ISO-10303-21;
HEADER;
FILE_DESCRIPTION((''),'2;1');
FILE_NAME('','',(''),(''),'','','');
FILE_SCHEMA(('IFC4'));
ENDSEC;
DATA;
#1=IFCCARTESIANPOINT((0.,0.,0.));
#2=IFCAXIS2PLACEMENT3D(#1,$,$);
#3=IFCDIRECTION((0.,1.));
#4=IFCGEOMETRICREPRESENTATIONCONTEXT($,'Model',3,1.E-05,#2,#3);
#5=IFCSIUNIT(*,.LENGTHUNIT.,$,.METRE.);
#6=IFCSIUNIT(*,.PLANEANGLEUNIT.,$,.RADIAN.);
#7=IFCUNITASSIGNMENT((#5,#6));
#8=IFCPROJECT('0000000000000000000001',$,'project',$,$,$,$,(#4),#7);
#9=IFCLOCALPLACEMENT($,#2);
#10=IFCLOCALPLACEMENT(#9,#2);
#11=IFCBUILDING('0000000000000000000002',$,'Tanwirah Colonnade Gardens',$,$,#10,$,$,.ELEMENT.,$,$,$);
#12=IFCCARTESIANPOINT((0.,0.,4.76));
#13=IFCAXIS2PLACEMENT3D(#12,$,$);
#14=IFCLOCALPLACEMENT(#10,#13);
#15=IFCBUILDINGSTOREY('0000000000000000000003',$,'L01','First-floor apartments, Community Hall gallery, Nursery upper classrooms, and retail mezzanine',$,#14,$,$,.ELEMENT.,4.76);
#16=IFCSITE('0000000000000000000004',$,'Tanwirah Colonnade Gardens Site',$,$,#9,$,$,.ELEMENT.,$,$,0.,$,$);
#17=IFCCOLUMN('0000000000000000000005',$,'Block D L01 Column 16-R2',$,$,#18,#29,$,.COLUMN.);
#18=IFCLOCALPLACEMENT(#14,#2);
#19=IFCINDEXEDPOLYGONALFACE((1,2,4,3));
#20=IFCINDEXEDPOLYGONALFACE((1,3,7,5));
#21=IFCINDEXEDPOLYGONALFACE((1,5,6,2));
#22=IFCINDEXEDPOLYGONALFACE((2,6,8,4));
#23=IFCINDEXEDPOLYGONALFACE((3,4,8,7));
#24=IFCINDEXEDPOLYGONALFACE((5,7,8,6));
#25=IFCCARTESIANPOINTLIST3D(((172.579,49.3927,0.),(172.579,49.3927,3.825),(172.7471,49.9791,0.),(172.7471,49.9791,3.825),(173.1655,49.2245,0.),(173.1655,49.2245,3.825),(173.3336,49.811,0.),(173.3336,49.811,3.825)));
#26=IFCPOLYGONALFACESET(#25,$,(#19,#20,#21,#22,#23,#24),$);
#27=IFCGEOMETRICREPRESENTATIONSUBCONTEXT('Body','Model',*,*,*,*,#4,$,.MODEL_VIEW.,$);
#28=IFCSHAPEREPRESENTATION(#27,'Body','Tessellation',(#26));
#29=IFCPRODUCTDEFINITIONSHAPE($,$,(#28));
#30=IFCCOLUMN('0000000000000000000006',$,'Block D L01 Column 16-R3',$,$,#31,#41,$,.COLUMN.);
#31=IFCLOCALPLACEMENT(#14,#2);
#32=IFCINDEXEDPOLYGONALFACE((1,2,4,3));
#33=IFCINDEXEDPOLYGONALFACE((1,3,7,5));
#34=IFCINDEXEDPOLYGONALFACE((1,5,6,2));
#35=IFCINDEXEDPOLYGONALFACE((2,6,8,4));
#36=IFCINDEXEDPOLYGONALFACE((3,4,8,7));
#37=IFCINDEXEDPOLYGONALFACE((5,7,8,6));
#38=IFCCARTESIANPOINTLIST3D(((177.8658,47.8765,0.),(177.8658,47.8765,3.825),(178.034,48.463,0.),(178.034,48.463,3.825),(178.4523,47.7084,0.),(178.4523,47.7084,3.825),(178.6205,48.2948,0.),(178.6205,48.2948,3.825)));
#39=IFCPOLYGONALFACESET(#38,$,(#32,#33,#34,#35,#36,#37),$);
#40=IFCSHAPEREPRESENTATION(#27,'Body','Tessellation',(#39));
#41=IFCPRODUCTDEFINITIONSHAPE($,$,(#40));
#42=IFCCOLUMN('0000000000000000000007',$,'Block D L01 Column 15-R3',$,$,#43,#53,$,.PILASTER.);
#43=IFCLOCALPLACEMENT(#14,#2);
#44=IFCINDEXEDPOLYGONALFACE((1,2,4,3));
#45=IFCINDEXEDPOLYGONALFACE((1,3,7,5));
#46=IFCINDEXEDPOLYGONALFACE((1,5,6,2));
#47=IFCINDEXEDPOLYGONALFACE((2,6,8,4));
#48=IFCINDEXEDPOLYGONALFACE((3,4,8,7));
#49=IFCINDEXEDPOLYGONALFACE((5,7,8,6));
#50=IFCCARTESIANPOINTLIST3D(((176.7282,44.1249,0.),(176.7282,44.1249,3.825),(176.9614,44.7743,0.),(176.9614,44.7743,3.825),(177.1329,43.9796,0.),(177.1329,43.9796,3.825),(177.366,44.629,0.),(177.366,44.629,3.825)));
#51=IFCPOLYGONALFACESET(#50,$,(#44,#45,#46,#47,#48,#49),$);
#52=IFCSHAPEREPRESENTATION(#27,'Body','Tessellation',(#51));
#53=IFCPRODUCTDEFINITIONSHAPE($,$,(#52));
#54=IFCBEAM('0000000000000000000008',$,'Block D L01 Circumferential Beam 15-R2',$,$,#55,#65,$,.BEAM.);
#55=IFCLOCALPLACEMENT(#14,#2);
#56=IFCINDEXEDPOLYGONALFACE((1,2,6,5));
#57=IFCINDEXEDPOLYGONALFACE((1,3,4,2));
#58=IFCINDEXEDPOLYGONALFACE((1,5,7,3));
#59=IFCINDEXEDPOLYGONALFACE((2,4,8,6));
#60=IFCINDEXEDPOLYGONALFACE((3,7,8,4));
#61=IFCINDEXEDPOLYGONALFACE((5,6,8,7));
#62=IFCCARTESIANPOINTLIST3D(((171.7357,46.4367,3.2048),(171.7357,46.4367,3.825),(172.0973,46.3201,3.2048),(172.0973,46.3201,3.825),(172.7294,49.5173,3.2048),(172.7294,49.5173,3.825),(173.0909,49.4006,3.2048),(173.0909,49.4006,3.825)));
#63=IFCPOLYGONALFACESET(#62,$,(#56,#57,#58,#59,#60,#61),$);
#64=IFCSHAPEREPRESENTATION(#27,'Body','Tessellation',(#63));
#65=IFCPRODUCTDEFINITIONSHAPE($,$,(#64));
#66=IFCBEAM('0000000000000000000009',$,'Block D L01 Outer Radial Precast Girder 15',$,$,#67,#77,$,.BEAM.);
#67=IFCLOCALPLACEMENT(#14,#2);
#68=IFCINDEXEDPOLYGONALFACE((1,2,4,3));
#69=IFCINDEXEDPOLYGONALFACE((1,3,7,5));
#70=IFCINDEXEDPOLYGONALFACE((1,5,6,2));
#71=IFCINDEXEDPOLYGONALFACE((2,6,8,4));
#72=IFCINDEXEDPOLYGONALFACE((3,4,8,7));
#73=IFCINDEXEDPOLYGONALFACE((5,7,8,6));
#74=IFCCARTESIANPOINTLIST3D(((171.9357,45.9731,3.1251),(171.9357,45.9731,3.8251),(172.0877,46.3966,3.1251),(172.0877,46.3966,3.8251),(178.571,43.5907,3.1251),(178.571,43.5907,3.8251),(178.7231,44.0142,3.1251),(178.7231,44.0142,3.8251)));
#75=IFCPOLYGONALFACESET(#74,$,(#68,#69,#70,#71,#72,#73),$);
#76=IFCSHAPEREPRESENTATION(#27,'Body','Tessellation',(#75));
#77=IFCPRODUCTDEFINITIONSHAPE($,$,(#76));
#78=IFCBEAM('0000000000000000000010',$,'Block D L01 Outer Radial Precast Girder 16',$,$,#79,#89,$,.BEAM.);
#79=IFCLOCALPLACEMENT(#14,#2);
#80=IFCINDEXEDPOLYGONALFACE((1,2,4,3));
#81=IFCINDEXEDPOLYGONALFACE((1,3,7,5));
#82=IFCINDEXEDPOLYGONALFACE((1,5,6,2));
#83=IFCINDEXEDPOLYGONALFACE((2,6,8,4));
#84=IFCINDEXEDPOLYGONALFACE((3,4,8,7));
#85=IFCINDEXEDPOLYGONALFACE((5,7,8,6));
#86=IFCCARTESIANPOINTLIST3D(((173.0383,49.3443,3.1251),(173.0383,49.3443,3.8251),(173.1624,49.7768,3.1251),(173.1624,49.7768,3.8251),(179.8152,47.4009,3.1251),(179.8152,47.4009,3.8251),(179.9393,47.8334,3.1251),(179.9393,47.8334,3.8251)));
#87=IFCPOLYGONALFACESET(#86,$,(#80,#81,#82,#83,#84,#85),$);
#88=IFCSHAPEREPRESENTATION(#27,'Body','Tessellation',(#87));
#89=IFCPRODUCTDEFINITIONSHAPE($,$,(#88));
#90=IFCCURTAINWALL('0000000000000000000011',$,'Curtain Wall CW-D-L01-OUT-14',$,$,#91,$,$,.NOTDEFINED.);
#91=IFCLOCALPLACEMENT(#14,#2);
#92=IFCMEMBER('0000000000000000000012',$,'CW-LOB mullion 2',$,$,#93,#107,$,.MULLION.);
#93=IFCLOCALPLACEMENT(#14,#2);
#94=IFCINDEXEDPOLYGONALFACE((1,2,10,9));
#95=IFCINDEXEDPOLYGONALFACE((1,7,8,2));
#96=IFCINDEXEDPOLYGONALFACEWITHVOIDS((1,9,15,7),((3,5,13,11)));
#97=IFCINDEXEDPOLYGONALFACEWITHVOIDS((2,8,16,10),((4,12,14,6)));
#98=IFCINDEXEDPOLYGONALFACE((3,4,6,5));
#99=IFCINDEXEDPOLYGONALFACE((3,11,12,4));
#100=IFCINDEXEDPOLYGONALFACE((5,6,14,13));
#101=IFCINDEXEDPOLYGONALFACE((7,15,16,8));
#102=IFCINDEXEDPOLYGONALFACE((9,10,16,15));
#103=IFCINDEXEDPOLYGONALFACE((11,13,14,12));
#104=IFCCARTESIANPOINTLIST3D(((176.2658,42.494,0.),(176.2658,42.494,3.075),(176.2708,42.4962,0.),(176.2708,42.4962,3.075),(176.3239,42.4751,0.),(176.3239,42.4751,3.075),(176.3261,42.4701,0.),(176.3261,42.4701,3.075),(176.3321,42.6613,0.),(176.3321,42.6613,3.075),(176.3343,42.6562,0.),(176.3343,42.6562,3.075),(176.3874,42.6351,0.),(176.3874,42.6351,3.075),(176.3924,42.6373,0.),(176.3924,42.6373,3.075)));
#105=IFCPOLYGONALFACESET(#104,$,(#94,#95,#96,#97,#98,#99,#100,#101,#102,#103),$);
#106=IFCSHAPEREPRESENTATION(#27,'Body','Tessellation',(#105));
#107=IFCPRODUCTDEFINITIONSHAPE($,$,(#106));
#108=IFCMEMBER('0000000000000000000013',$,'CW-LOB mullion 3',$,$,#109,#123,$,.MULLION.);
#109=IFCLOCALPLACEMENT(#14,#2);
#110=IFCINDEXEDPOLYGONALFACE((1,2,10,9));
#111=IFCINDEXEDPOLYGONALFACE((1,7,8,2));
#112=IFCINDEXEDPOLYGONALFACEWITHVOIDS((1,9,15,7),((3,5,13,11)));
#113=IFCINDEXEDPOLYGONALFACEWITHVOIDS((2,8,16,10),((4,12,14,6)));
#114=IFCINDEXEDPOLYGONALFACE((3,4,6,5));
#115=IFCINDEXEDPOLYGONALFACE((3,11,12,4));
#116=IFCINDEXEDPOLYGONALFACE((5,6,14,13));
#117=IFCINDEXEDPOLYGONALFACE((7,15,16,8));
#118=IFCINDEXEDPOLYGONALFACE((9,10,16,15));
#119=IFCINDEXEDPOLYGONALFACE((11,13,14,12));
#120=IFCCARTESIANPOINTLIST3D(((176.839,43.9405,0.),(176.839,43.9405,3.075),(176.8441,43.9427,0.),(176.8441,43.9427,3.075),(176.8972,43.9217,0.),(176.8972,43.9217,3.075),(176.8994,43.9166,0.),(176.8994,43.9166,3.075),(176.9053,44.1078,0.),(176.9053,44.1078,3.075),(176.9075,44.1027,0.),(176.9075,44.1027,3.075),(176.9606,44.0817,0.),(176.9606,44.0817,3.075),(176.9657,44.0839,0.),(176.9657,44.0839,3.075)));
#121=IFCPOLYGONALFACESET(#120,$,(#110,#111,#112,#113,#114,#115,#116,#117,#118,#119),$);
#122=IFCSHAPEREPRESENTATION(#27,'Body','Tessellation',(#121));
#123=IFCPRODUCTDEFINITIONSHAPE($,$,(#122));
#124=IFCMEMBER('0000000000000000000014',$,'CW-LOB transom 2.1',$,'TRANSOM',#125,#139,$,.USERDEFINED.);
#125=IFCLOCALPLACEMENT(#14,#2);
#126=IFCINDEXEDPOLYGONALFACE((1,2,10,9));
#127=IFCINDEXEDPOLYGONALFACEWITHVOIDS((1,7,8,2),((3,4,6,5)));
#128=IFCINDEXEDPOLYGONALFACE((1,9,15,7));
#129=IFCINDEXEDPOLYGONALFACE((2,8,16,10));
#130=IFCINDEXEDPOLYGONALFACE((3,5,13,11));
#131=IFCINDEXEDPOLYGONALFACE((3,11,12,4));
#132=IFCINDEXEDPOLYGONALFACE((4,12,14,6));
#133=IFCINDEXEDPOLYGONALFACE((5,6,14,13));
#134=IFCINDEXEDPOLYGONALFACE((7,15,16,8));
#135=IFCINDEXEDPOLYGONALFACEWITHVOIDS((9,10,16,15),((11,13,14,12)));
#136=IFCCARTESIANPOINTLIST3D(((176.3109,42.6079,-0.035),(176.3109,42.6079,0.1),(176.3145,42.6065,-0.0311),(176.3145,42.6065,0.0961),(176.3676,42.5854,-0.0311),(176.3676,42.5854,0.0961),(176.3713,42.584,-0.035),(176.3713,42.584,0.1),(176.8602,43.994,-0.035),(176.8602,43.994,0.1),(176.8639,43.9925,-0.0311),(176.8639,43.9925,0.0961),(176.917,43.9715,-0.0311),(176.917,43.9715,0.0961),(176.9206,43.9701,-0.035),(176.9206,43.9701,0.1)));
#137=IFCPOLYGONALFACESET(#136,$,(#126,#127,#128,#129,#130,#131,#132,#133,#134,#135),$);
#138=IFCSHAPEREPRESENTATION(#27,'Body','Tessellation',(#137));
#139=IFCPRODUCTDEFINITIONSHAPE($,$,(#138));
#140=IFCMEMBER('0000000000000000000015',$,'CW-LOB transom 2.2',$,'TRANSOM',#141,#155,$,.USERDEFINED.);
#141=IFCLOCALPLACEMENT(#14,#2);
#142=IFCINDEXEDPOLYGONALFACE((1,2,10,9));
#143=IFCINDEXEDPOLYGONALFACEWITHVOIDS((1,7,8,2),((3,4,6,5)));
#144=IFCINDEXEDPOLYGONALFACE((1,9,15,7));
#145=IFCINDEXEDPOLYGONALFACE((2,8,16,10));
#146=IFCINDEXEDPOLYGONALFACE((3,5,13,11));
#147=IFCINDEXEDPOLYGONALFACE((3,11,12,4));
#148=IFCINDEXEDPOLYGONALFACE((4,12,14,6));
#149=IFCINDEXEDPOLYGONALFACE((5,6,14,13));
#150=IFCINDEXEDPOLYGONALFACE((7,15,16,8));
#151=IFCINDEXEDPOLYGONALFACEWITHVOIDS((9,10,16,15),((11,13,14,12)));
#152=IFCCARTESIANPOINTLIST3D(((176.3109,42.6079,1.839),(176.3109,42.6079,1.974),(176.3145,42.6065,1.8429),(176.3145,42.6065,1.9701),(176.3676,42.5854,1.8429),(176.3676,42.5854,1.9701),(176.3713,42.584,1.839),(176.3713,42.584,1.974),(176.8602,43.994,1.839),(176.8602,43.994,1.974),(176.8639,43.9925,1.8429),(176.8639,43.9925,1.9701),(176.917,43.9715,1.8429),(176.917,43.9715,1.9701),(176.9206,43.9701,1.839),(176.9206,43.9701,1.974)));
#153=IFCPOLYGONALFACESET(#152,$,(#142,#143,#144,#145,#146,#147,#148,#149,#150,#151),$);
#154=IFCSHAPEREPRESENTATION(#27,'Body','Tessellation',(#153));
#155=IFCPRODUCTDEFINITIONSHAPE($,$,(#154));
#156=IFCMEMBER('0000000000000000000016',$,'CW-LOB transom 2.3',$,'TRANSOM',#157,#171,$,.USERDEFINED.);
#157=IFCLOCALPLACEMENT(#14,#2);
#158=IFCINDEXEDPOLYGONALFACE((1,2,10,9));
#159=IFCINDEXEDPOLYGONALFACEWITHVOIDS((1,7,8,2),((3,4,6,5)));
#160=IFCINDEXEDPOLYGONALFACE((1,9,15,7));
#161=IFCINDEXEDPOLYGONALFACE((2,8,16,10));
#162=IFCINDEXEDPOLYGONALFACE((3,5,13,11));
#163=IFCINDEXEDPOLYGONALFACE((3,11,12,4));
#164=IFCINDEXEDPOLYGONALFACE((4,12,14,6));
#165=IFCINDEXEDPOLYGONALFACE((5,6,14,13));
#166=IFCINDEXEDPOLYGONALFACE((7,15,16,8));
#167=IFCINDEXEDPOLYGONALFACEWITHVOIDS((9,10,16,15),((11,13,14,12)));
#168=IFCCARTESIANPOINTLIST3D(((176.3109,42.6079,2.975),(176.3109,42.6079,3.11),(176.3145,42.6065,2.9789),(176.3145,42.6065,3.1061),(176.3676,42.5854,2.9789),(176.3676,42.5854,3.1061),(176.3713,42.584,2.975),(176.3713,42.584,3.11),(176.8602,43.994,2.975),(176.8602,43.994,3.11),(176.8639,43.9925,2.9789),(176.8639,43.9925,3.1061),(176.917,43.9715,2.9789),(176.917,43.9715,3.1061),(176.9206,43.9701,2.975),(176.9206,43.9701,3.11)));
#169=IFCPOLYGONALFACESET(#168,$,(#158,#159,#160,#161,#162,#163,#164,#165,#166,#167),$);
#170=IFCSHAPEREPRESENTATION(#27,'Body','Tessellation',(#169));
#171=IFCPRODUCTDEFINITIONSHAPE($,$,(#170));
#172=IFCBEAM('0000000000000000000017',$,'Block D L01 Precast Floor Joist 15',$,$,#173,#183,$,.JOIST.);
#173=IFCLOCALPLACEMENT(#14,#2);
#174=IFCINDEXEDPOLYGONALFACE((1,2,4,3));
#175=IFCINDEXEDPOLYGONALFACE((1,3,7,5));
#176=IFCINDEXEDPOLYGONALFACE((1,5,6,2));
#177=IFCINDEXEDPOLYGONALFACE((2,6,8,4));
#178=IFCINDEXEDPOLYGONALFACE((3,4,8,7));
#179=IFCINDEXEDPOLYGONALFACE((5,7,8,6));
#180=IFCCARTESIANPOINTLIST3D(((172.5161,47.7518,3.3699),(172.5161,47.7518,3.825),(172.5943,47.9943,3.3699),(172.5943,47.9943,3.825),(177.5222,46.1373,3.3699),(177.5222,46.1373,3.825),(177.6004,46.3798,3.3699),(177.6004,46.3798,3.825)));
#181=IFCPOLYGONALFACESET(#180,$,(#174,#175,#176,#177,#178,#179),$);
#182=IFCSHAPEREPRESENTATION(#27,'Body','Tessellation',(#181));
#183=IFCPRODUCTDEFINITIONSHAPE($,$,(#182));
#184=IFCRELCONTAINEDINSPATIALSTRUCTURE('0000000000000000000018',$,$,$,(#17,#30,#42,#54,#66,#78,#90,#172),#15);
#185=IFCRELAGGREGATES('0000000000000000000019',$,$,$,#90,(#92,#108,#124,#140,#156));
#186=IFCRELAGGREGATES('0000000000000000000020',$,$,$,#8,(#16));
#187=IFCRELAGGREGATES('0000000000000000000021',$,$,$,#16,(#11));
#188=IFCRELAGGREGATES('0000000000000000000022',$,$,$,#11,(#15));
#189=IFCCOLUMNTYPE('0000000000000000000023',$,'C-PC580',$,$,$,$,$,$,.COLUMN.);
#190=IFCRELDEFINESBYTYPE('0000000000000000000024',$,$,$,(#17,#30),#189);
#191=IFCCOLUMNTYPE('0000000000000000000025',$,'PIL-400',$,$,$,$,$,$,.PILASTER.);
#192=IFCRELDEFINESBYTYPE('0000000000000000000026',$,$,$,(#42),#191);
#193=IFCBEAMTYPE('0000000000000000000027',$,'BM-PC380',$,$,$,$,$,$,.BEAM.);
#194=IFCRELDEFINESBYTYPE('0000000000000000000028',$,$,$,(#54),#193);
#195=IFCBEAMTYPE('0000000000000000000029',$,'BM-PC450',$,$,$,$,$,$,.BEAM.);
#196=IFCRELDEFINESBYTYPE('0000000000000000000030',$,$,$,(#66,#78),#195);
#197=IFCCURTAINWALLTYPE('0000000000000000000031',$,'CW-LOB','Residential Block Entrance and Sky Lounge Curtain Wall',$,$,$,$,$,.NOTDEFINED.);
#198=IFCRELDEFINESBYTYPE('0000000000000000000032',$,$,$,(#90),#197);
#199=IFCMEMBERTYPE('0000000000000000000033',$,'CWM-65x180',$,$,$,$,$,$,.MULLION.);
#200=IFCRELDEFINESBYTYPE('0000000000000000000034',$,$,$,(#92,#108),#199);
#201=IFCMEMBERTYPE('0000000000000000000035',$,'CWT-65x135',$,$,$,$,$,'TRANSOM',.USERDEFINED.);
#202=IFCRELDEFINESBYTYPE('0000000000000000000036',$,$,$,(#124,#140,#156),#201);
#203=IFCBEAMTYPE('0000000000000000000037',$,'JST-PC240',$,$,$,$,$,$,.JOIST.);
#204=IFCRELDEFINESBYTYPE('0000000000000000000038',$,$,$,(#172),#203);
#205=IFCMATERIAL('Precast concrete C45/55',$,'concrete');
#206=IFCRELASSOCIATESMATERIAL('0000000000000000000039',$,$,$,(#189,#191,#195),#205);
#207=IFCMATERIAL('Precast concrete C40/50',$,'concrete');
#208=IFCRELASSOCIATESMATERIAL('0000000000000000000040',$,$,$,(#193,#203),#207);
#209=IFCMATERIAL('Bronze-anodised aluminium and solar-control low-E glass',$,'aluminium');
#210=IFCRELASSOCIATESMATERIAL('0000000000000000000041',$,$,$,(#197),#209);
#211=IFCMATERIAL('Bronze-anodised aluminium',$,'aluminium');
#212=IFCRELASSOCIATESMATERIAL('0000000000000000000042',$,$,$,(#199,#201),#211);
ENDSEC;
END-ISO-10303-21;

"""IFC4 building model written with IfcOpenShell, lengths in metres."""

from ifc_helpers import new_model, si_unit, direction, frame, origin, origin_2d, place, context, subcontext, project, spatial, rectangle, hollow_rectangle, extrude, material, material_profile, profile_set, type_object, element, aggregate, save


model = new_model("IFC4")

# Units and contexts
model_context = context("Model", 3, precision=1e-05, world=origin(), true_north=direction((0.0, 1.0)))
body_context = subcontext(model_context, "Body", "Model", "MODEL_VIEW")
ifc_project = project(units=[si_unit("LENGTHUNIT", "METRE"), si_unit("PLANEANGLEUNIT", "RADIAN")], contexts=[model_context])

# Site, building, storey
site_placement = place(None, origin())
site = spatial("IfcSite", under=ifc_project, at=site_placement, Name="Tanwirah Colonnade Gardens Site", CompositionType="ELEMENT", RefElevation=0.0)
building_placement = place(site_placement, origin())
building = spatial("IfcBuilding", under=site, at=building_placement, Name="Tanwirah Colonnade Gardens", CompositionType="ELEMENT")
storey_placement = place(building_placement, frame((0.0, 0.0, 4.76)))
storey = spatial("IfcBuildingStorey", under=building, at=storey_placement, Name="L01", Description="First-floor apartments, Community Hall gallery, Nursery upper classrooms, and retail mezzanine", CompositionType="ELEMENT", Elevation=4.76)

# Columns
ifc_material_1 = material(Name="Precast concrete C45/55", Category="concrete")
ifc_material_profile_1 = material_profile(ifc_material_1, rectangle(XDim=0.6101, YDim=0.6101, at=origin_2d()), Name="PC-COL 610x610")
ifc_profile_set_1 = profile_set([ifc_material_profile_1], Name="Precast concrete C45/55")
column_type_1 = type_object("IfcColumnType", Name="C-PC580", PredefinedType="COLUMN", material=ifc_profile_set_1)
for number, where, z_axis, x_axis, name in (
    (1, (172.9563, 49.6018, 0.0), (0.0, 0.0, 1.0), (0.961262, -0.275637, 0.0), "Block D L01 Column 16-R2"),
    (2, (178.2432, 48.0857, 0.0), (0.0, 0.0, 1.0), (0.961262, -0.275637, 0.0), "Block D L01 Column 16-R3"),
):
    element("IfcColumn", number, at=place(storey_placement, frame(where, z_axis=z_axis, x_axis=x_axis)), inside=storey, type_object=column_type_1, Name=name, PredefinedType="COLUMN", context=body_context, shape_type="SweptSolid", body=[
        extrude(rectangle(XDim=0.6101, YDim=0.6101, at=origin_2d()), origin(), (0.0, 0.0, 1.0), 3.825),
    ])
ifc_material_profile_2 = material_profile(ifc_material_1, rectangle(XDim=0.4299, YDim=0.6899, at=origin_2d()), Name="PC-PIL 430x690")
ifc_profile_set_2 = profile_set([ifc_material_profile_2], Name="Precast concrete C45/55")
column_type_2 = type_object("IfcColumnType", Name="PIL-400", PredefinedType="PILASTER", material=ifc_profile_set_2)
column_placement = place(storey_placement, frame((177.0471, 44.377, 0.0), z_axis=(0.0, 0.0, 1.0), x_axis=(0.941176, -0.337917, 0.0)))
element("IfcColumn", 3, at=column_placement, inside=storey, type_object=column_type_2, Name="Block D L01 Column 15-R3", PredefinedType="PILASTER", context=body_context, shape_type="SweptSolid", body=[
    extrude(rectangle(XDim=0.4299, YDim=0.6899, at=origin_2d()), origin(), (0.0, 0.0, 1.0), 3.825),
])

# Beams
ifc_material_2 = material(Name="Precast concrete C40/50", Category="concrete")
ifc_material_profile_3 = material_profile(ifc_material_2, rectangle(XDim=0.3799, YDim=0.6201, at=origin_2d()), Name="PC-BM 380x620")
ifc_profile_set_3 = profile_set([ifc_material_profile_3], Name="Precast concrete C40/50")
beam_type_1 = type_object("IfcBeamType", Name="BM-PC380", PredefinedType="BEAM", material=ifc_profile_set_3)
beam_1_placement = place(storey_placement, frame((171.9165, 46.3784, 3.5149), z_axis=(0.306981, 0.951716, 0.0), x_axis=(-0.951716, 0.306981, 0.0)))
element("IfcBeam", 4, at=beam_1_placement, inside=storey, type_object=beam_type_1, Name="Block D L01 Circumferential Beam 15-R2", PredefinedType="BEAM", context=body_context, shape_type="SweptSolid", body=[
    extrude(rectangle(XDim=0.3799, YDim=0.6201, at=origin_2d()), origin(), (0.0, 0.0, 1.0), 3.2368),
])
ifc_material_profile_4 = material_profile(ifc_material_1, rectangle(XDim=0.45, YDim=0.7, at=origin_2d()), Name="PC-BM 450x700")
ifc_profile_set_4 = profile_set([ifc_material_profile_4], Name="Precast concrete C45/55")
beam_type_2 = type_object("IfcBeamType", Name="BM-PC450", PredefinedType="BEAM", material=ifc_profile_set_4)
for number, where, z_axis, x_axis, name in (
    (5, (172.0117, 46.1848, 3.4751), (0.941175, -0.33792, 0.0), (0.33792, 0.941175, 0.0), "Block D L01 Outer Radial Precast Girder 15"),
    (6, (173.1003, 49.5605, 3.4751), (0.961257, -0.275654, 0.0), (0.275654, 0.961257, 0.0), "Block D L01 Outer Radial Precast Girder 16"),
):
    element("IfcBeam", number, at=place(storey_placement, frame(where, z_axis=z_axis, x_axis=x_axis)), inside=storey, type_object=beam_type_2, Name=name, PredefinedType="BEAM", context=body_context, shape_type="SweptSolid", body=[
        extrude(rectangle(XDim=0.45, YDim=0.7, at=origin_2d()), origin(), (0.0, 0.0, 1.0), 7.05),
    ])

# Curtain wall, members
ifc_material_3 = material(Name="Bronze-anodised aluminium and solar-control low-E glass", Category="aluminium")
curtain_wall_type = type_object("IfcCurtainWallType", Name="CW-LOB", Description="Residential Block Entrance and Sky Lounge Curtain Wall", PredefinedType="NOTDEFINED", material=ifc_material_3)
curtain_wall_placement = place(storey_placement, origin())
curtain_wall = element("IfcCurtainWall", 7, at=curtain_wall_placement, inside=storey, type_object=curtain_wall_type, Name="Curtain Wall CW-D-L01-OUT-14", PredefinedType="NOTDEFINED")
ifc_material_4 = material(Name="Bronze-anodised aluminium", Category="aluminium")
ifc_material_profile_5 = material_profile(ifc_material_4, hollow_rectangle(XDim=0.0649, YDim=0.1799, WallThickness=0.0039, at=origin_2d()), Name="CW-MUL 65x180x4")
ifc_profile_set_5 = profile_set([ifc_material_profile_5], Name="Bronze-anodised aluminium")
member_type_1 = type_object("IfcMemberType", Name="CWM-65x180", PredefinedType="MULLION", material=ifc_profile_set_5)
member_1_placement = place(storey_placement, frame((176.3291, 42.5657, 0.0), z_axis=(0.0, 0.0, 1.0), x_axis=(-0.929616, 0.368529, 0.0)))
member_1 = element("IfcMember", 8, at=member_1_placement, type_object=member_type_1, Name="CW-LOB mullion 2", PredefinedType="MULLION", context=body_context, shape_type="SweptSolid", body=[
    extrude(hollow_rectangle(XDim=0.0649, YDim=0.1799, WallThickness=0.0039, at=origin_2d()), origin(), (0.0, 0.0, 1.0), 3.075),
])
member_2_placement = place(storey_placement, frame((176.9023, 44.0122, 0.0), z_axis=(0.0, 0.0, 1.0), x_axis=(-0.929616, 0.368529, 0.0)))
member_2 = element("IfcMember", 9, at=member_2_placement, type_object=member_type_1, Name="CW-LOB mullion 3", PredefinedType="MULLION", context=body_context, shape_type="SweptSolid", body=[
    extrude(hollow_rectangle(XDim=0.0649, YDim=0.1799, WallThickness=0.0039, at=origin_2d()), origin(), (0.0, 0.0, 1.0), 3.075),
])
ifc_material_profile_6 = material_profile(ifc_material_4, hollow_rectangle(XDim=0.0649, YDim=0.135, WallThickness=0.0039, at=origin_2d()), Name="CW-TRN 65x135x4")
ifc_profile_set_6 = profile_set([ifc_material_profile_6], Name="Bronze-anodised aluminium")
member_type_2 = type_object("IfcMemberType", Name="CWT-65x135", ElementType="TRANSOM", PredefinedType="USERDEFINED", material=ifc_profile_set_6)
member_3_placement = place(storey_placement, frame((176.3411, 42.5959, 0.0325), z_axis=(0.368452, 0.929647, 0.0), x_axis=(-0.929647, 0.368452, 0.0)))
member_3 = element("IfcMember", 10, at=member_3_placement, type_object=member_type_2, Name="CW-LOB transom 2.1", ObjectType="TRANSOM", PredefinedType="USERDEFINED", context=body_context, shape_type="SweptSolid", body=[
    extrude(hollow_rectangle(XDim=0.0649, YDim=0.135, WallThickness=0.0039, at=origin_2d()), origin(), (0.0, 0.0, 1.0), 1.491),
])
member_4_placement = place(storey_placement, frame((176.3411, 42.5959, 1.9065), z_axis=(0.368452, 0.929647, 0.0), x_axis=(-0.929647, 0.368452, 0.0)))
member_4 = element("IfcMember", 11, at=member_4_placement, type_object=member_type_2, Name="CW-LOB transom 2.2", ObjectType="TRANSOM", PredefinedType="USERDEFINED", context=body_context, shape_type="SweptSolid", body=[
    extrude(hollow_rectangle(XDim=0.0649, YDim=0.135, WallThickness=0.0039, at=origin_2d()), origin(), (0.0, 0.0, 1.0), 1.491),
])
member_5_placement = place(storey_placement, frame((176.3411, 42.5959, 3.0425), z_axis=(0.368452, 0.929647, 0.0), x_axis=(-0.929647, 0.368452, 0.0)))
member_5 = element("IfcMember", 12, at=member_5_placement, type_object=member_type_2, Name="CW-LOB transom 2.3", ObjectType="TRANSOM", PredefinedType="USERDEFINED", context=body_context, shape_type="SweptSolid", body=[
    extrude(hollow_rectangle(XDim=0.0649, YDim=0.135, WallThickness=0.0039, at=origin_2d()), origin(), (0.0, 0.0, 1.0), 1.491),
])

# Beam
ifc_material_profile_7 = material_profile(ifc_material_2, rectangle(XDim=0.2549, YDim=0.4551, at=origin_2d()), Name="PC-JST 255x455")
ifc_profile_set_7 = profile_set([ifc_material_profile_7], Name="Precast concrete C40/50")
beam_type_3 = type_object("IfcBeamType", Name="JST-PC240", PredefinedType="JOIST", material=ifc_profile_set_7)
beam_2_placement = place(storey_placement, frame((172.5552, 47.873, 3.5974), z_axis=(0.951729, -0.306939, 0.0), x_axis=(0.306939, 0.951729, 0.0)))
element("IfcBeam", 13, at=beam_2_placement, inside=storey, type_object=beam_type_3, Name="Block D L01 Precast Floor Joist 15", PredefinedType="JOIST", context=body_context, shape_type="SweptSolid", body=[
    extrude(rectangle(XDim=0.2549, YDim=0.4551, at=origin_2d()), origin(), (0.0, 0.0, 1.0), 5.26),
])

aggregate(curtain_wall, [member_1, member_2, member_3, member_4, member_5])

save(model, "model.ifc")
